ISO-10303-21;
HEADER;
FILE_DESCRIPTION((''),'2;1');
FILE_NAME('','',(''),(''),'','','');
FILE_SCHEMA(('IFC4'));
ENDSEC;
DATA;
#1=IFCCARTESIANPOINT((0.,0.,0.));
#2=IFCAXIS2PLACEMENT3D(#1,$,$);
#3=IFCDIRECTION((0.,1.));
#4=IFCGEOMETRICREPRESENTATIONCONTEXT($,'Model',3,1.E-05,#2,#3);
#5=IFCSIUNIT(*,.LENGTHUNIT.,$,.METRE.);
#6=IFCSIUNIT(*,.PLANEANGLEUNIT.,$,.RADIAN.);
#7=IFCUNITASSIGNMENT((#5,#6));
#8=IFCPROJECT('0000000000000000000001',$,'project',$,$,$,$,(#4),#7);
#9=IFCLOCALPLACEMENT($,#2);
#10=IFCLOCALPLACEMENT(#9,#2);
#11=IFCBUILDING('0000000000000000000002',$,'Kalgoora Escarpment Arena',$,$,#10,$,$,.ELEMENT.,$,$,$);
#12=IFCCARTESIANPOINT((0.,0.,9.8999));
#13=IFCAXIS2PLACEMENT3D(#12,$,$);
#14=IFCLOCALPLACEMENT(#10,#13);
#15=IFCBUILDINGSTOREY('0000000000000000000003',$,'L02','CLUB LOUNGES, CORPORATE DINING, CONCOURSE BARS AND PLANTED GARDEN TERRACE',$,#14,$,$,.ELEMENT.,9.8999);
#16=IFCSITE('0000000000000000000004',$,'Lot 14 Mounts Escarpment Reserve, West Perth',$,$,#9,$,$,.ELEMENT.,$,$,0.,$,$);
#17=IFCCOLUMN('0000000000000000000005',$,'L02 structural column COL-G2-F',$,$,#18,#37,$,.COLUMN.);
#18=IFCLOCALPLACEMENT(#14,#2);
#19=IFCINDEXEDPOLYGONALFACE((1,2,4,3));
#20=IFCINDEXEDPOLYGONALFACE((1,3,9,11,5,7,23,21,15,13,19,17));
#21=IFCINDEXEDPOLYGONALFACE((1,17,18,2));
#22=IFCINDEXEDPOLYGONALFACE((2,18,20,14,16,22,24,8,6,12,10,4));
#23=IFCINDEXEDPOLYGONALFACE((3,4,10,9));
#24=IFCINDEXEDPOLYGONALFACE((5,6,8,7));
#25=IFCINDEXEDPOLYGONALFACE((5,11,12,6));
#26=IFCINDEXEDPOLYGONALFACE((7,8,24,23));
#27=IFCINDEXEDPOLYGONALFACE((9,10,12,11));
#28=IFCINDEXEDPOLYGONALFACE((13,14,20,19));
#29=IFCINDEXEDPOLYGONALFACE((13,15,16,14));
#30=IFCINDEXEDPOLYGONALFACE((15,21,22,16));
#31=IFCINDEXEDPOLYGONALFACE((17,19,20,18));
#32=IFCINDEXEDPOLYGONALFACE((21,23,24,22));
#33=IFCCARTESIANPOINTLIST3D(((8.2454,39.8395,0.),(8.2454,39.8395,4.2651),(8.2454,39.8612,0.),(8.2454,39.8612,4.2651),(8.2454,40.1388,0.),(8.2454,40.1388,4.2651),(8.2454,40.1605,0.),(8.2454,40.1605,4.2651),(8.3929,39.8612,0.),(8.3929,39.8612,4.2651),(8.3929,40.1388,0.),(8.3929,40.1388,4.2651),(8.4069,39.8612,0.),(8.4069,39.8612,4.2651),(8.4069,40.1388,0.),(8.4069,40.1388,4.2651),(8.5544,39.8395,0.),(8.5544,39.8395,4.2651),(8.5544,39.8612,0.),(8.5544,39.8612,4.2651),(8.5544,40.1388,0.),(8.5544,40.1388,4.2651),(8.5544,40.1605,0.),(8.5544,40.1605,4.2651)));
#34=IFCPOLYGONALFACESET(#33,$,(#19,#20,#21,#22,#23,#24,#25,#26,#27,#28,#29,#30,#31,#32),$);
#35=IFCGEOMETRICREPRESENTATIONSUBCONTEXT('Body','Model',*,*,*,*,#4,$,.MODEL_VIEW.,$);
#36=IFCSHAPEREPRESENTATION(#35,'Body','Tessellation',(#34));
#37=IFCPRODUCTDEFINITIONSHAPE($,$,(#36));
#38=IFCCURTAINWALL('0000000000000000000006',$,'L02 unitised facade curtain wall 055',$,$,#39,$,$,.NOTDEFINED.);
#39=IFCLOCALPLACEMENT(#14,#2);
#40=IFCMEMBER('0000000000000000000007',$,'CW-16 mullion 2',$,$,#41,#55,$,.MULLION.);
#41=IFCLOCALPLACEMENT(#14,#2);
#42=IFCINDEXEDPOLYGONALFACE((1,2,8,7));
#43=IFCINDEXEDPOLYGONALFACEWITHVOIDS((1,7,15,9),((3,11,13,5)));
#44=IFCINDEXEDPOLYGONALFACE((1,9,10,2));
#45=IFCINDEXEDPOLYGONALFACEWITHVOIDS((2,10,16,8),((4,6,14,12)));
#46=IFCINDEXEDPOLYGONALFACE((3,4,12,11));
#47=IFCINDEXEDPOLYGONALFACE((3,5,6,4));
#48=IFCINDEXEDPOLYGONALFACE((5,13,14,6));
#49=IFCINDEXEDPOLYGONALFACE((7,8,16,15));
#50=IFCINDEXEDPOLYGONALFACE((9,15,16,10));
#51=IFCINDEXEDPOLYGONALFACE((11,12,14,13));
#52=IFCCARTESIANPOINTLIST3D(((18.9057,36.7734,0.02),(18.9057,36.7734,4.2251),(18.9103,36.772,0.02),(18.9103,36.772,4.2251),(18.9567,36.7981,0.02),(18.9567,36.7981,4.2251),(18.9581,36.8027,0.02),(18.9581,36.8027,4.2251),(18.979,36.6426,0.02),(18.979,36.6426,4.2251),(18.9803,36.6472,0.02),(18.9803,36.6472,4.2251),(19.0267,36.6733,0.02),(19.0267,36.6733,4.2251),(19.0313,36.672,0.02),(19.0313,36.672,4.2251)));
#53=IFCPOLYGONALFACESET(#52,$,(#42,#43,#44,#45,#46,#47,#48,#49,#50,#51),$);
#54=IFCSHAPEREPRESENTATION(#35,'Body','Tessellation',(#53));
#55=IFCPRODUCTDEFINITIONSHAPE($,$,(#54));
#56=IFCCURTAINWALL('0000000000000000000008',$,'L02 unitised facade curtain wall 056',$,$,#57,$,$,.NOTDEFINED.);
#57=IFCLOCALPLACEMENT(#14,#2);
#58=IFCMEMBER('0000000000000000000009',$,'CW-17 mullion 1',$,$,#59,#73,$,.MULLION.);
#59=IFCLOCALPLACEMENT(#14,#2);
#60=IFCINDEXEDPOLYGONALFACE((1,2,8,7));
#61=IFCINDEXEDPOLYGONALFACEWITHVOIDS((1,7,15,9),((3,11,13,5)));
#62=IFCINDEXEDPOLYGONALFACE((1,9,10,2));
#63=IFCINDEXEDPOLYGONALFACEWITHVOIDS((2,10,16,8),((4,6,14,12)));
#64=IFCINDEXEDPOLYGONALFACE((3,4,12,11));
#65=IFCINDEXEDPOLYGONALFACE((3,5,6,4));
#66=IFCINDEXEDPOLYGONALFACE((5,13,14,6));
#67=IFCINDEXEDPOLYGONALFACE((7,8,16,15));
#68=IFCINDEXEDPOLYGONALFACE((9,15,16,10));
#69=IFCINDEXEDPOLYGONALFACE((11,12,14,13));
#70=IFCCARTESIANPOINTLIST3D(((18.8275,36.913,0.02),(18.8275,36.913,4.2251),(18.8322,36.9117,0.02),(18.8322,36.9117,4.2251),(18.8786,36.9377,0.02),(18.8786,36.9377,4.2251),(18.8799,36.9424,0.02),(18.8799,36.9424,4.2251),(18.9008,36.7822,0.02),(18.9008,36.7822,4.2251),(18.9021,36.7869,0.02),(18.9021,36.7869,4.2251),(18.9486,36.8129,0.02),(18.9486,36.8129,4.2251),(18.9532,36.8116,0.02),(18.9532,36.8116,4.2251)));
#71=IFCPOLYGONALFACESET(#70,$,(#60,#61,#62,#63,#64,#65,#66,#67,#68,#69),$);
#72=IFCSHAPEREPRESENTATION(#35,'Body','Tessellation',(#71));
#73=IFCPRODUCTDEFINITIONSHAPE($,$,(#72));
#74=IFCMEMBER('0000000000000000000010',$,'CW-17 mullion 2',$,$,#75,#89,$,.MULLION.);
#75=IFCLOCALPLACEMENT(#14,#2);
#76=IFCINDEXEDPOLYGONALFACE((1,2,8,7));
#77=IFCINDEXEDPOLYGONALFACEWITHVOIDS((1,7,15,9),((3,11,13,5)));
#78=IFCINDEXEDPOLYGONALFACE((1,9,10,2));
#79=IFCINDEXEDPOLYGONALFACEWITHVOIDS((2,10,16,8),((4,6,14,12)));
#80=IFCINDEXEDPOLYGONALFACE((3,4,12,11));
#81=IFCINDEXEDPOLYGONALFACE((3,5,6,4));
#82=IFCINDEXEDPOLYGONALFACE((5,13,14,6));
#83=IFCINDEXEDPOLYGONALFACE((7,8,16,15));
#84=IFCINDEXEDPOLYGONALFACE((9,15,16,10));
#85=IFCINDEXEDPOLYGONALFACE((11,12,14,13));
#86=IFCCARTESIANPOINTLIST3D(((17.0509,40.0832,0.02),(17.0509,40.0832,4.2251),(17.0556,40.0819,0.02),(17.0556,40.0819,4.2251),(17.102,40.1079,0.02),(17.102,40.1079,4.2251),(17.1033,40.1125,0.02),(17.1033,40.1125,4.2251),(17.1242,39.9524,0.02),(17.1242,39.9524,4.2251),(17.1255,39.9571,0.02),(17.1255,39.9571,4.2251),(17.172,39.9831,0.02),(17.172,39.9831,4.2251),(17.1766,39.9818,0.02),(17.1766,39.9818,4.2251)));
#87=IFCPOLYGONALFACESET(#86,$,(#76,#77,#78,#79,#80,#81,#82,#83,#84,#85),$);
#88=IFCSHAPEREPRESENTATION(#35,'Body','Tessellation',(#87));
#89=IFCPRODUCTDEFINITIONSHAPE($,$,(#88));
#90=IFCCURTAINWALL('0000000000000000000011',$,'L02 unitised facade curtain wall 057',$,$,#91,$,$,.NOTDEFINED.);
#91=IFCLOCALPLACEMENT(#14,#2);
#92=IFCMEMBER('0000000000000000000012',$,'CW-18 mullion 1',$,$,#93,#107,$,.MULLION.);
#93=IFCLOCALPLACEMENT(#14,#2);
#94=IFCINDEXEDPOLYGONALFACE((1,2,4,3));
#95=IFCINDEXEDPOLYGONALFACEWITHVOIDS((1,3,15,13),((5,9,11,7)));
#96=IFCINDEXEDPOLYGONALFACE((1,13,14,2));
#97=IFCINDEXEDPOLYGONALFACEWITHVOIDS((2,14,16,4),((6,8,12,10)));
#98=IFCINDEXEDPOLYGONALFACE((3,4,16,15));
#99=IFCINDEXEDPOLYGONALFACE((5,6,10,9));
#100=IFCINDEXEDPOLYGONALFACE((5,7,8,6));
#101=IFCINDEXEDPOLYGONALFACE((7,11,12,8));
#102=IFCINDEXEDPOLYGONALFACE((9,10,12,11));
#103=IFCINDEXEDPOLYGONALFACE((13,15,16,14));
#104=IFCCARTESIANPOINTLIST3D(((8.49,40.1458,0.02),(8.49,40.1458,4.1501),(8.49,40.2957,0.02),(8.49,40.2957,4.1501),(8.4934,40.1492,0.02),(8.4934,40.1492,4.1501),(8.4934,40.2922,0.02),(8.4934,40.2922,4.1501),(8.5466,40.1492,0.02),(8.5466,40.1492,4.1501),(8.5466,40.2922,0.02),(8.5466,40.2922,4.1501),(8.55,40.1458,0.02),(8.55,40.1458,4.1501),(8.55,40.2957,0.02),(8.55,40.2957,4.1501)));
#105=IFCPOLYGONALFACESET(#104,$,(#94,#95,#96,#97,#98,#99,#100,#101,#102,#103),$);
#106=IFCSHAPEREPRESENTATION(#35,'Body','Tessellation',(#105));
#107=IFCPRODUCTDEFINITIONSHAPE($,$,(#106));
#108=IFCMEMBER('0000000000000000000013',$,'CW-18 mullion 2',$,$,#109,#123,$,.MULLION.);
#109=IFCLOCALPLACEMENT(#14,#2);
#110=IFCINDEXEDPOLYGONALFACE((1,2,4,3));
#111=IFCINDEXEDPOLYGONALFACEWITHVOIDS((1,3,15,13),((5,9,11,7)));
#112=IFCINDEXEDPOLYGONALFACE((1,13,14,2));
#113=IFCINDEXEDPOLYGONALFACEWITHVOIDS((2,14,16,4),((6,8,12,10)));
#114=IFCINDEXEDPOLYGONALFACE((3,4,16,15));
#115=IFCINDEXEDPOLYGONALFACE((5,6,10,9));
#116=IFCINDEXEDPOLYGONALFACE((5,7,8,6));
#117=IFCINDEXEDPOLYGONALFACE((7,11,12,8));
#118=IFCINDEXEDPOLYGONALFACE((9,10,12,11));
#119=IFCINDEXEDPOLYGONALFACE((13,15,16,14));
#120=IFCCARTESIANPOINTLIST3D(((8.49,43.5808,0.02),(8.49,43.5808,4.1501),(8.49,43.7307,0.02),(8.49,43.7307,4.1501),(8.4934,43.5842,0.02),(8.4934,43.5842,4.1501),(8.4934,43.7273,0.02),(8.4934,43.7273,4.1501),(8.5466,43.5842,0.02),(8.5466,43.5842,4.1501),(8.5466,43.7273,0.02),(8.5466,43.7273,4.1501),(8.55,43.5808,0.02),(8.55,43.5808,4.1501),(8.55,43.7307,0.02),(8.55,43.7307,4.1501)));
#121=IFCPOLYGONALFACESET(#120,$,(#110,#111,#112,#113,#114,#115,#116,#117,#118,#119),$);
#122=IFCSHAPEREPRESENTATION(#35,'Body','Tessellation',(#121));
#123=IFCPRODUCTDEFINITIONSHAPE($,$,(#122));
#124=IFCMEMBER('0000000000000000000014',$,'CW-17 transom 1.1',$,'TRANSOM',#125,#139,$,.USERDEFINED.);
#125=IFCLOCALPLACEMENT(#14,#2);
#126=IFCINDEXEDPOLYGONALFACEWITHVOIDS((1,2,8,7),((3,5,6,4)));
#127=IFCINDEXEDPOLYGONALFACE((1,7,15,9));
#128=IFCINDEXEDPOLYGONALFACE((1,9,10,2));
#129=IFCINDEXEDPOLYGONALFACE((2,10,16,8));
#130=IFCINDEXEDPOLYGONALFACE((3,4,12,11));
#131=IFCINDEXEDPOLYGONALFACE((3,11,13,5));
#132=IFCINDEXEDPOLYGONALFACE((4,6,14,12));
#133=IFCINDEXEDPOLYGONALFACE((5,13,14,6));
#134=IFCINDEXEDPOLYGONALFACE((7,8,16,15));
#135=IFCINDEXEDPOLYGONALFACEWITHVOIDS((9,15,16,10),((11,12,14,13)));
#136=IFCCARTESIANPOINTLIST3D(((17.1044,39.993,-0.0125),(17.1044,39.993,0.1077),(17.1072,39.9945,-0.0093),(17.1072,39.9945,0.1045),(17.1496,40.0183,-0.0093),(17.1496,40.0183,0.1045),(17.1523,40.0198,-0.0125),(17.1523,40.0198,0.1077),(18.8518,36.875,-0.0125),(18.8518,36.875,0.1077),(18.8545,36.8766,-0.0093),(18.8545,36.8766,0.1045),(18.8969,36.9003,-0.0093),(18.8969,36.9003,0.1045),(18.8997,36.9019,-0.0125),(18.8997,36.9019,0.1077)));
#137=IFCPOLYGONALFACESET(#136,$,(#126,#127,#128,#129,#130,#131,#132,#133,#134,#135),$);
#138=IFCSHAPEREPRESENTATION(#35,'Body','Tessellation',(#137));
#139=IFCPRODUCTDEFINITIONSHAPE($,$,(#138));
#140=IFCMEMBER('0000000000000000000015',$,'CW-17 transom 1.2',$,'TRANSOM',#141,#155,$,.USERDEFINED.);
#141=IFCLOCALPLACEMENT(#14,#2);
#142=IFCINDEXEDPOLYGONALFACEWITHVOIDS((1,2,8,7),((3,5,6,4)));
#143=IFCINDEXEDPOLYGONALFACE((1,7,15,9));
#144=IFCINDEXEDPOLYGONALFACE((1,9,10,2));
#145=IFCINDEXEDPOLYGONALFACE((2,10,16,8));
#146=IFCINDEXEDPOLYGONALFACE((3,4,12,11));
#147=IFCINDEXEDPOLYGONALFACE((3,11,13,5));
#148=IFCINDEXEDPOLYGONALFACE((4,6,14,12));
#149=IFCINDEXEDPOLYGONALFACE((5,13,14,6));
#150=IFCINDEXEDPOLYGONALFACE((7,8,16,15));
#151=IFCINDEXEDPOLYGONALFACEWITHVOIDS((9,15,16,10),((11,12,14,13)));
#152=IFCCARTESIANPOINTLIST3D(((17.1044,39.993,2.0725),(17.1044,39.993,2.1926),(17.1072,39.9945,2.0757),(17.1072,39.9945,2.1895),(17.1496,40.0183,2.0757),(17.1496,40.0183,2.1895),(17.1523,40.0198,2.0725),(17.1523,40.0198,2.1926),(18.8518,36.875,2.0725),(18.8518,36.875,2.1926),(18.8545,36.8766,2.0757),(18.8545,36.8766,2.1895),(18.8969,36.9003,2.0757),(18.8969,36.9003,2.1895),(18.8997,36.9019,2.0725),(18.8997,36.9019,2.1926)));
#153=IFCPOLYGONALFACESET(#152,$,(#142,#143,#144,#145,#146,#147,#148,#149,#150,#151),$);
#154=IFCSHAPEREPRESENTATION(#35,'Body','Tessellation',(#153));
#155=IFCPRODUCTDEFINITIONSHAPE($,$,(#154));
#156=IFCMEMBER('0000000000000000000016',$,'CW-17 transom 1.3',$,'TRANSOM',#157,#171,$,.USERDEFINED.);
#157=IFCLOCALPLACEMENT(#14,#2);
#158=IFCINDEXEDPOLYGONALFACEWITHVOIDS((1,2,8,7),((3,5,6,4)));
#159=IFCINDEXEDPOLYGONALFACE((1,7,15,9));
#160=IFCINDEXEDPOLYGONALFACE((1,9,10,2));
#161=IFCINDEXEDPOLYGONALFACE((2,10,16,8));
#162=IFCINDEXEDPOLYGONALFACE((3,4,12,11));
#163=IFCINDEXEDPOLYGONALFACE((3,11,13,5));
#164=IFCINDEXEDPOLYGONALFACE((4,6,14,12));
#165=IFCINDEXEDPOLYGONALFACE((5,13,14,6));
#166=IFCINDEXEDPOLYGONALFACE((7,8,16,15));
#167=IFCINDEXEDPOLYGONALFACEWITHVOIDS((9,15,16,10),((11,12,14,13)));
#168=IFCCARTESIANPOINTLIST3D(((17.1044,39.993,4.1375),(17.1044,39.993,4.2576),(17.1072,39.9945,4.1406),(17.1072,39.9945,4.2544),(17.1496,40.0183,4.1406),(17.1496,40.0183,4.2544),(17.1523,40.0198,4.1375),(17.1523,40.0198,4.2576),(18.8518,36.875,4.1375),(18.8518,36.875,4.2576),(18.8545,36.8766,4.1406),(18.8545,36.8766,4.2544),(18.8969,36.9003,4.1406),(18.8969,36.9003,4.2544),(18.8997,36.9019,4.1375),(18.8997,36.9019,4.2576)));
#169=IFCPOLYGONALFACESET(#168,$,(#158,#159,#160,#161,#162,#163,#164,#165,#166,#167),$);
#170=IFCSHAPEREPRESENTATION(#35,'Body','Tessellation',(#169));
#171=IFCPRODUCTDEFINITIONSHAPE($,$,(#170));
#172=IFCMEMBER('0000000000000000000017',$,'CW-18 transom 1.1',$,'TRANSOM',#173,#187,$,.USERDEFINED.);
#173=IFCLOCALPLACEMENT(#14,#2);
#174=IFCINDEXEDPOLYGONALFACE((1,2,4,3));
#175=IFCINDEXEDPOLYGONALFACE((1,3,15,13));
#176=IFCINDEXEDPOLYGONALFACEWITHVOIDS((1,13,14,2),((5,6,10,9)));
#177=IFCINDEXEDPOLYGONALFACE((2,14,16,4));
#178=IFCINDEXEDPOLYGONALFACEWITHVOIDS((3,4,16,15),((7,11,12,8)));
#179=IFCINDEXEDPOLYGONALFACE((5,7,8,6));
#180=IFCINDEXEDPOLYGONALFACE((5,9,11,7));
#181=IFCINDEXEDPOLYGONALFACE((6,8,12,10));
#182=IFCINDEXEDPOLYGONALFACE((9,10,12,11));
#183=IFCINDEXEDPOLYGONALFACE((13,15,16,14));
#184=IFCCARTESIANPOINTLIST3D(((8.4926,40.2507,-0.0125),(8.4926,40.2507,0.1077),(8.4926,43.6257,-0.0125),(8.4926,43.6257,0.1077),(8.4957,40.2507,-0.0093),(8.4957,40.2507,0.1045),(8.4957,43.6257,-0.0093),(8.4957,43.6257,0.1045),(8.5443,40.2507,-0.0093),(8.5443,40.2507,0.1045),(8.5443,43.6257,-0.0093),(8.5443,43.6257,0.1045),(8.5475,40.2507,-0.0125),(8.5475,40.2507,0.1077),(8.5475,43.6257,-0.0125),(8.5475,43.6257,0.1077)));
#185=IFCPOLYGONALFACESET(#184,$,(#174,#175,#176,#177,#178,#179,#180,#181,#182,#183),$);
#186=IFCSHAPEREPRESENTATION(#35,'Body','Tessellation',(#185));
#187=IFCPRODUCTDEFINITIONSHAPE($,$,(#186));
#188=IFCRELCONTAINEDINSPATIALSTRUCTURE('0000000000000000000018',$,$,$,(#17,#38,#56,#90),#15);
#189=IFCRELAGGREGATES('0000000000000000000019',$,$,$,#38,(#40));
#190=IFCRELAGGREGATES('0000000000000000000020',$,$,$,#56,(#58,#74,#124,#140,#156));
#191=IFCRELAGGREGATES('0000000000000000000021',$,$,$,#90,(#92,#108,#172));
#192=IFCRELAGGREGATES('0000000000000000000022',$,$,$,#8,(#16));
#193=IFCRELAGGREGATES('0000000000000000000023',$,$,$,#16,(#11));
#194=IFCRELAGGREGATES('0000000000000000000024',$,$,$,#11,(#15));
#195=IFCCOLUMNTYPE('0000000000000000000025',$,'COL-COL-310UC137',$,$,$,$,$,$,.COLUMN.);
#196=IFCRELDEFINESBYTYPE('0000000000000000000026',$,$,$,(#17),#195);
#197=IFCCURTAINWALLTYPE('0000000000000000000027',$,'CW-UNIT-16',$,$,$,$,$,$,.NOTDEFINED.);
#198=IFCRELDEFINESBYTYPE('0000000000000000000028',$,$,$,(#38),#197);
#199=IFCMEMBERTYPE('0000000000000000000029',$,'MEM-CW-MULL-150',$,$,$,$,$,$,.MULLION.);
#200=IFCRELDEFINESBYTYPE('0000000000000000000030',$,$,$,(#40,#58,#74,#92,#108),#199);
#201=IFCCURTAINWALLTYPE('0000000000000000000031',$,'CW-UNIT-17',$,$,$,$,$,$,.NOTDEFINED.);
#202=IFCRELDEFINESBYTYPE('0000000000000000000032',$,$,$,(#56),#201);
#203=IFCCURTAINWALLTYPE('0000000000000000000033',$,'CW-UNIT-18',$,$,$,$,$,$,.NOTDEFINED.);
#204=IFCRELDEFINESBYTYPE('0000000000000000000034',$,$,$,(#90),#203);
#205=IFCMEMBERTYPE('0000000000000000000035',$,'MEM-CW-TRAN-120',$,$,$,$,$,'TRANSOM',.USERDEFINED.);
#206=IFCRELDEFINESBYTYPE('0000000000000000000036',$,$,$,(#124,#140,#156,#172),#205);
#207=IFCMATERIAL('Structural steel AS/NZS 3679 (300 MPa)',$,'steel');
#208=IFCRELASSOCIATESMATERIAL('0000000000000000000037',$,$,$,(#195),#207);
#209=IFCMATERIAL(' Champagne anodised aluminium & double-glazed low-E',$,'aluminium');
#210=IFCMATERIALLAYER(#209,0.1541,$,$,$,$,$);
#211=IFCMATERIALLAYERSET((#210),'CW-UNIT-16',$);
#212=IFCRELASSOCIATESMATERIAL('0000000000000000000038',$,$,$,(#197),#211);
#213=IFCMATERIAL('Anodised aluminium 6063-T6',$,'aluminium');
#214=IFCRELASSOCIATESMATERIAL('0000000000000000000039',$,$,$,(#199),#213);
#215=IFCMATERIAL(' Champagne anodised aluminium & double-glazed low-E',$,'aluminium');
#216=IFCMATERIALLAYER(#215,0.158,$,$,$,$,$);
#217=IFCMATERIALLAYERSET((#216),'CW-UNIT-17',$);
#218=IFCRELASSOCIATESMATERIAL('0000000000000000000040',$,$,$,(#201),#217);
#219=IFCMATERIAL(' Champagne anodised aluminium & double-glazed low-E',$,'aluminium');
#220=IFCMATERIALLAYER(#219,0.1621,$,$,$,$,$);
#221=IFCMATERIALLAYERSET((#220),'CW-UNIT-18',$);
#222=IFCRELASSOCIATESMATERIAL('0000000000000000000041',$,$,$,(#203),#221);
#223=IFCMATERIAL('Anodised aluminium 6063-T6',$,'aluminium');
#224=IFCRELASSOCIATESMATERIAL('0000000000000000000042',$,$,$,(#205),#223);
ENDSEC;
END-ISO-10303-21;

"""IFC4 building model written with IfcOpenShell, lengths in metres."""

from ifc_helpers import new_model, si_unit, direction, frame, origin, origin_2d, place, context, subcontext, project, spatial, hollow_rectangle, i_section, extrude, material, layer, layer_set, material_profile, profile_set, type_object, element, aggregate, save


model = new_model("IFC4")

# Units and contexts
model_context = context("Model", 3, precision=1e-05, world=origin(), true_north=direction((0.0, 1.0)))
body_context = subcontext(model_context, "Body", "Model", "MODEL_VIEW")
ifc_project = project(units=[si_unit("LENGTHUNIT", "METRE"), si_unit("PLANEANGLEUNIT", "RADIAN")], contexts=[model_context])

# Site, building, storey
site_placement = place(None, origin())
site = spatial("IfcSite", under=ifc_project, at=site_placement, Name="Lot 14 Mounts Escarpment Reserve, West Perth", CompositionType="ELEMENT", RefElevation=0.0)
building_placement = place(site_placement, origin())
building = spatial("IfcBuilding", under=site, at=building_placement, Name="Kalgoora Escarpment Arena", CompositionType="ELEMENT")
storey_placement = place(building_placement, frame((0.0, 0.0, 9.8999)))
storey = spatial("IfcBuildingStorey", under=building, at=storey_placement, Name="L02", Description="CLUB LOUNGES, CORPORATE DINING, CONCOURSE BARS AND PLANTED GARDEN TERRACE", CompositionType="ELEMENT", Elevation=9.8999)

# Column
ifc_material_1 = material(Name="Structural steel AS/NZS 3679 (300 MPa)", Category="steel")
ifc_material_profile_1 = material_profile(ifc_material_1, i_section(OverallWidth=0.3091, OverallDepth=0.321, WebThickness=0.0139, FlangeThickness=0.0217, at=origin_2d()))
ifc_profile_set_1 = profile_set([ifc_material_profile_1], Name="Structural steel AS/NZS 3679 (300 MPa)")
column_type = type_object("IfcColumnType", Name="COL-COL-310UC137", PredefinedType="COLUMN", material=ifc_profile_set_1)
column_placement = place(storey_placement, frame((8.3999, 40.0, 0.0), z_axis=(0.0, 0.0, 1.0), x_axis=(1.0, 0.0, 0.0)))
element("IfcColumn", 1, at=column_placement, inside=storey, type_object=column_type, Name="L02 structural column COL-G2-F", PredefinedType="COLUMN", context=body_context, shape_type="SweptSolid", body=[
    extrude(i_section(OverallWidth=0.3091, OverallDepth=0.321, WebThickness=0.0139, FlangeThickness=0.0217, at=origin_2d()), origin(), (0.0, 0.0, 1.0), 4.2651),
])

# Curtain wall, member
ifc_material_2 = material(Name=" Champagne anodised aluminium & double-glazed low-E", Category="aluminium")
ifc_layer_1 = layer(ifc_material_2, 0.1541)
ifc_layer_set_1 = layer_set([ifc_layer_1], Name="CW-UNIT-16")
curtain_wall_type_1 = type_object("IfcCurtainWallType", Name="CW-UNIT-16", PredefinedType="NOTDEFINED", material=ifc_layer_set_1)
curtain_wall_1_placement = place(storey_placement, origin())
curtain_wall_1 = element("IfcCurtainWall", 2, at=curtain_wall_1_placement, inside=storey, type_object=curtain_wall_type_1, Name="L02 unitised facade curtain wall 055", PredefinedType="NOTDEFINED")
ifc_material_3 = material(Name="Anodised aluminium 6063-T6", Category="aluminium")
ifc_material_profile_2 = material_profile(ifc_material_3, hollow_rectangle(XDim=0.0601, YDim=0.1499, WallThickness=0.0034, at=origin_2d()))
ifc_profile_set_2 = profile_set([ifc_material_profile_2], Name="Anodised aluminium 6063-T6")
member_type_1 = type_object("IfcMemberType", Name="MEM-CW-MULL-150", PredefinedType="MULLION", material=ifc_profile_set_2)
member_1_placement = place(storey_placement, frame((18.9685, 36.7227, 0.02), z_axis=(0.0, 0.0, 1.0), x_axis=(-0.872356, -0.488871, 0.0)))
member_1 = element("IfcMember", 3, at=member_1_placement, type_object=member_type_1, Name="CW-16 mullion 2", PredefinedType="MULLION", context=body_context, shape_type="SweptSolid", body=[
    extrude(hollow_rectangle(XDim=0.0601, YDim=0.1499, WallThickness=0.0034, at=origin_2d()), origin(), (0.0, 0.0, 1.0), 4.2051),
])
aggregate(curtain_wall_1, [member_1])

# Curtain walls, members
ifc_material_4 = material(Name=" Champagne anodised aluminium & double-glazed low-E", Category="aluminium")
ifc_layer_2 = layer(ifc_material_4, 0.158)
ifc_layer_set_2 = layer_set([ifc_layer_2], Name="CW-UNIT-17")
curtain_wall_type_2 = type_object("IfcCurtainWallType", Name="CW-UNIT-17", PredefinedType="NOTDEFINED", material=ifc_layer_set_2)
curtain_wall_2_placement = place(storey_placement, origin())
curtain_wall_2 = element("IfcCurtainWall", 4, at=curtain_wall_2_placement, inside=storey, type_object=curtain_wall_type_2, Name="L02 unitised facade curtain wall 056", PredefinedType="NOTDEFINED")
member_2_placement = place(storey_placement, frame((18.8904, 36.8623, 0.02), z_axis=(0.0, 0.0, 1.0), x_axis=(-0.872362, -0.48886, 0.0)))
member_2 = element("IfcMember", 5, at=member_2_placement, type_object=member_type_1, Name="CW-17 mullion 1", PredefinedType="MULLION", context=body_context, shape_type="SweptSolid", body=[
    extrude(hollow_rectangle(XDim=0.0601, YDim=0.1499, WallThickness=0.0034, at=origin_2d()), origin(), (0.0, 0.0, 1.0), 4.2051),
])
member_3_placement = place(storey_placement, frame((17.1138, 40.0325, 0.02), z_axis=(0.0, 0.0, 1.0), x_axis=(-0.872362, -0.48886, 0.0)))
member_3 = element("IfcMember", 6, at=member_3_placement, type_object=member_type_1, Name="CW-17 mullion 2", PredefinedType="MULLION", context=body_context, shape_type="SweptSolid", body=[
    extrude(hollow_rectangle(XDim=0.0601, YDim=0.1499, WallThickness=0.0034, at=origin_2d()), origin(), (0.0, 0.0, 1.0), 4.2051),
])
ifc_material_5 = material(Name=" Champagne anodised aluminium & double-glazed low-E", Category="aluminium")
ifc_layer_3 = layer(ifc_material_5, 0.1621)
ifc_layer_set_3 = layer_set([ifc_layer_3], Name="CW-UNIT-18")
curtain_wall_type_3 = type_object("IfcCurtainWallType", Name="CW-UNIT-18", PredefinedType="NOTDEFINED", material=ifc_layer_set_3)
curtain_wall_3_placement = place(storey_placement, origin())
curtain_wall_3 = element("IfcCurtainWall", 7, at=curtain_wall_3_placement, inside=storey, type_object=curtain_wall_type_3, Name="L02 unitised facade curtain wall 057", PredefinedType="NOTDEFINED")
member_4_placement = place(storey_placement, frame((8.52, 40.2207, 0.02), z_axis=(0.0, 0.0, 1.0), x_axis=(-1.0, 0.0, 0.0)))
member_4 = element("IfcMember", 8, at=member_4_placement, type_object=member_type_1, Name="CW-18 mullion 1", PredefinedType="MULLION", context=body_context, shape_type="SweptSolid", body=[
    extrude(hollow_rectangle(XDim=0.0601, YDim=0.1499, WallThickness=0.0034, at=origin_2d()), origin(), (0.0, 0.0, 1.0), 4.1301),
])
member_5_placement = place(storey_placement, frame((8.52, 43.6558, 0.02), z_axis=(0.0, 0.0, 1.0), x_axis=(-1.0, 0.0, 0.0)))
member_5 = element("IfcMember", 9, at=member_5_placement, type_object=member_type_1, Name="CW-18 mullion 2", PredefinedType="MULLION", context=body_context, shape_type="SweptSolid", body=[
    extrude(hollow_rectangle(XDim=0.0601, YDim=0.1499, WallThickness=0.0034, at=origin_2d()), origin(), (0.0, 0.0, 1.0), 4.1301),
])

# Members
ifc_material_6 = material(Name="Anodised aluminium 6063-T6", Category="aluminium")
ifc_material_profile_3 = material_profile(ifc_material_6, hollow_rectangle(XDim=0.0549, YDim=0.1201, WallThickness=0.0032, at=origin_2d()))
ifc_profile_set_3 = profile_set([ifc_material_profile_3], Name="Anodised aluminium 6063-T6")
member_type_2 = type_object("IfcMemberType", Name="MEM-CW-TRAN-120", ElementType="TRANSOM", PredefinedType="USERDEFINED", material=ifc_profile_set_3)
member_6_placement = place(storey_placement, frame((18.8757, 36.8884, 0.0476), z_axis=(-0.488876, 0.872353, 0.0), x_axis=(-0.872353, -0.488876, 0.0)))
member_6 = element("IfcMember", 10, at=member_6_placement, type_object=member_type_2, Name="CW-17 transom 1.1", ObjectType="TRANSOM", PredefinedType="USERDEFINED", context=body_context, shape_type="SweptSolid", body=[
    extrude(hollow_rectangle(XDim=0.0549, YDim=0.1201, WallThickness=0.0032, at=origin_2d()), origin(), (0.0, 0.0, 1.0), 3.5742),
])
member_7_placement = place(storey_placement, frame((18.8757, 36.8884, 2.1326), z_axis=(-0.488876, 0.872353, 0.0), x_axis=(-0.872353, -0.488876, 0.0)))
member_7 = element("IfcMember", 11, at=member_7_placement, type_object=member_type_2, Name="CW-17 transom 1.2", ObjectType="TRANSOM", PredefinedType="USERDEFINED", context=body_context, shape_type="SweptSolid", body=[
    extrude(hollow_rectangle(XDim=0.0549, YDim=0.1201, WallThickness=0.0032, at=origin_2d()), origin(), (0.0, 0.0, 1.0), 3.5742),
])
member_8_placement = place(storey_placement, frame((18.8757, 36.8884, 4.1975), z_axis=(-0.488876, 0.872353, 0.0), x_axis=(-0.872353, -0.488876, 0.0)))
member_8 = element("IfcMember", 12, at=member_8_placement, type_object=member_type_2, Name="CW-17 transom 1.3", ObjectType="TRANSOM", PredefinedType="USERDEFINED", context=body_context, shape_type="SweptSolid", body=[
    extrude(hollow_rectangle(XDim=0.0549, YDim=0.1201, WallThickness=0.0032, at=origin_2d()), origin(), (0.0, 0.0, 1.0), 3.5742),
])
member_9_placement = place(storey_placement, frame((8.52, 40.2507, 0.0476), z_axis=(0.0, 1.0, 0.0), x_axis=(-1.0, 0.0, 0.0)))
member_9 = element("IfcMember", 13, at=member_9_placement, type_object=member_type_2, Name="CW-18 transom 1.1", ObjectType="TRANSOM", PredefinedType="USERDEFINED", context=body_context, shape_type="SweptSolid", body=[
    extrude(hollow_rectangle(XDim=0.0549, YDim=0.1201, WallThickness=0.0032, at=origin_2d()), origin(), (0.0, 0.0, 1.0), 3.375),
])

aggregate(curtain_wall_2, [member_2, member_3, member_6, member_7, member_8])
aggregate(curtain_wall_3, [member_4, member_5, member_9])

save(model, "model.ifc")
